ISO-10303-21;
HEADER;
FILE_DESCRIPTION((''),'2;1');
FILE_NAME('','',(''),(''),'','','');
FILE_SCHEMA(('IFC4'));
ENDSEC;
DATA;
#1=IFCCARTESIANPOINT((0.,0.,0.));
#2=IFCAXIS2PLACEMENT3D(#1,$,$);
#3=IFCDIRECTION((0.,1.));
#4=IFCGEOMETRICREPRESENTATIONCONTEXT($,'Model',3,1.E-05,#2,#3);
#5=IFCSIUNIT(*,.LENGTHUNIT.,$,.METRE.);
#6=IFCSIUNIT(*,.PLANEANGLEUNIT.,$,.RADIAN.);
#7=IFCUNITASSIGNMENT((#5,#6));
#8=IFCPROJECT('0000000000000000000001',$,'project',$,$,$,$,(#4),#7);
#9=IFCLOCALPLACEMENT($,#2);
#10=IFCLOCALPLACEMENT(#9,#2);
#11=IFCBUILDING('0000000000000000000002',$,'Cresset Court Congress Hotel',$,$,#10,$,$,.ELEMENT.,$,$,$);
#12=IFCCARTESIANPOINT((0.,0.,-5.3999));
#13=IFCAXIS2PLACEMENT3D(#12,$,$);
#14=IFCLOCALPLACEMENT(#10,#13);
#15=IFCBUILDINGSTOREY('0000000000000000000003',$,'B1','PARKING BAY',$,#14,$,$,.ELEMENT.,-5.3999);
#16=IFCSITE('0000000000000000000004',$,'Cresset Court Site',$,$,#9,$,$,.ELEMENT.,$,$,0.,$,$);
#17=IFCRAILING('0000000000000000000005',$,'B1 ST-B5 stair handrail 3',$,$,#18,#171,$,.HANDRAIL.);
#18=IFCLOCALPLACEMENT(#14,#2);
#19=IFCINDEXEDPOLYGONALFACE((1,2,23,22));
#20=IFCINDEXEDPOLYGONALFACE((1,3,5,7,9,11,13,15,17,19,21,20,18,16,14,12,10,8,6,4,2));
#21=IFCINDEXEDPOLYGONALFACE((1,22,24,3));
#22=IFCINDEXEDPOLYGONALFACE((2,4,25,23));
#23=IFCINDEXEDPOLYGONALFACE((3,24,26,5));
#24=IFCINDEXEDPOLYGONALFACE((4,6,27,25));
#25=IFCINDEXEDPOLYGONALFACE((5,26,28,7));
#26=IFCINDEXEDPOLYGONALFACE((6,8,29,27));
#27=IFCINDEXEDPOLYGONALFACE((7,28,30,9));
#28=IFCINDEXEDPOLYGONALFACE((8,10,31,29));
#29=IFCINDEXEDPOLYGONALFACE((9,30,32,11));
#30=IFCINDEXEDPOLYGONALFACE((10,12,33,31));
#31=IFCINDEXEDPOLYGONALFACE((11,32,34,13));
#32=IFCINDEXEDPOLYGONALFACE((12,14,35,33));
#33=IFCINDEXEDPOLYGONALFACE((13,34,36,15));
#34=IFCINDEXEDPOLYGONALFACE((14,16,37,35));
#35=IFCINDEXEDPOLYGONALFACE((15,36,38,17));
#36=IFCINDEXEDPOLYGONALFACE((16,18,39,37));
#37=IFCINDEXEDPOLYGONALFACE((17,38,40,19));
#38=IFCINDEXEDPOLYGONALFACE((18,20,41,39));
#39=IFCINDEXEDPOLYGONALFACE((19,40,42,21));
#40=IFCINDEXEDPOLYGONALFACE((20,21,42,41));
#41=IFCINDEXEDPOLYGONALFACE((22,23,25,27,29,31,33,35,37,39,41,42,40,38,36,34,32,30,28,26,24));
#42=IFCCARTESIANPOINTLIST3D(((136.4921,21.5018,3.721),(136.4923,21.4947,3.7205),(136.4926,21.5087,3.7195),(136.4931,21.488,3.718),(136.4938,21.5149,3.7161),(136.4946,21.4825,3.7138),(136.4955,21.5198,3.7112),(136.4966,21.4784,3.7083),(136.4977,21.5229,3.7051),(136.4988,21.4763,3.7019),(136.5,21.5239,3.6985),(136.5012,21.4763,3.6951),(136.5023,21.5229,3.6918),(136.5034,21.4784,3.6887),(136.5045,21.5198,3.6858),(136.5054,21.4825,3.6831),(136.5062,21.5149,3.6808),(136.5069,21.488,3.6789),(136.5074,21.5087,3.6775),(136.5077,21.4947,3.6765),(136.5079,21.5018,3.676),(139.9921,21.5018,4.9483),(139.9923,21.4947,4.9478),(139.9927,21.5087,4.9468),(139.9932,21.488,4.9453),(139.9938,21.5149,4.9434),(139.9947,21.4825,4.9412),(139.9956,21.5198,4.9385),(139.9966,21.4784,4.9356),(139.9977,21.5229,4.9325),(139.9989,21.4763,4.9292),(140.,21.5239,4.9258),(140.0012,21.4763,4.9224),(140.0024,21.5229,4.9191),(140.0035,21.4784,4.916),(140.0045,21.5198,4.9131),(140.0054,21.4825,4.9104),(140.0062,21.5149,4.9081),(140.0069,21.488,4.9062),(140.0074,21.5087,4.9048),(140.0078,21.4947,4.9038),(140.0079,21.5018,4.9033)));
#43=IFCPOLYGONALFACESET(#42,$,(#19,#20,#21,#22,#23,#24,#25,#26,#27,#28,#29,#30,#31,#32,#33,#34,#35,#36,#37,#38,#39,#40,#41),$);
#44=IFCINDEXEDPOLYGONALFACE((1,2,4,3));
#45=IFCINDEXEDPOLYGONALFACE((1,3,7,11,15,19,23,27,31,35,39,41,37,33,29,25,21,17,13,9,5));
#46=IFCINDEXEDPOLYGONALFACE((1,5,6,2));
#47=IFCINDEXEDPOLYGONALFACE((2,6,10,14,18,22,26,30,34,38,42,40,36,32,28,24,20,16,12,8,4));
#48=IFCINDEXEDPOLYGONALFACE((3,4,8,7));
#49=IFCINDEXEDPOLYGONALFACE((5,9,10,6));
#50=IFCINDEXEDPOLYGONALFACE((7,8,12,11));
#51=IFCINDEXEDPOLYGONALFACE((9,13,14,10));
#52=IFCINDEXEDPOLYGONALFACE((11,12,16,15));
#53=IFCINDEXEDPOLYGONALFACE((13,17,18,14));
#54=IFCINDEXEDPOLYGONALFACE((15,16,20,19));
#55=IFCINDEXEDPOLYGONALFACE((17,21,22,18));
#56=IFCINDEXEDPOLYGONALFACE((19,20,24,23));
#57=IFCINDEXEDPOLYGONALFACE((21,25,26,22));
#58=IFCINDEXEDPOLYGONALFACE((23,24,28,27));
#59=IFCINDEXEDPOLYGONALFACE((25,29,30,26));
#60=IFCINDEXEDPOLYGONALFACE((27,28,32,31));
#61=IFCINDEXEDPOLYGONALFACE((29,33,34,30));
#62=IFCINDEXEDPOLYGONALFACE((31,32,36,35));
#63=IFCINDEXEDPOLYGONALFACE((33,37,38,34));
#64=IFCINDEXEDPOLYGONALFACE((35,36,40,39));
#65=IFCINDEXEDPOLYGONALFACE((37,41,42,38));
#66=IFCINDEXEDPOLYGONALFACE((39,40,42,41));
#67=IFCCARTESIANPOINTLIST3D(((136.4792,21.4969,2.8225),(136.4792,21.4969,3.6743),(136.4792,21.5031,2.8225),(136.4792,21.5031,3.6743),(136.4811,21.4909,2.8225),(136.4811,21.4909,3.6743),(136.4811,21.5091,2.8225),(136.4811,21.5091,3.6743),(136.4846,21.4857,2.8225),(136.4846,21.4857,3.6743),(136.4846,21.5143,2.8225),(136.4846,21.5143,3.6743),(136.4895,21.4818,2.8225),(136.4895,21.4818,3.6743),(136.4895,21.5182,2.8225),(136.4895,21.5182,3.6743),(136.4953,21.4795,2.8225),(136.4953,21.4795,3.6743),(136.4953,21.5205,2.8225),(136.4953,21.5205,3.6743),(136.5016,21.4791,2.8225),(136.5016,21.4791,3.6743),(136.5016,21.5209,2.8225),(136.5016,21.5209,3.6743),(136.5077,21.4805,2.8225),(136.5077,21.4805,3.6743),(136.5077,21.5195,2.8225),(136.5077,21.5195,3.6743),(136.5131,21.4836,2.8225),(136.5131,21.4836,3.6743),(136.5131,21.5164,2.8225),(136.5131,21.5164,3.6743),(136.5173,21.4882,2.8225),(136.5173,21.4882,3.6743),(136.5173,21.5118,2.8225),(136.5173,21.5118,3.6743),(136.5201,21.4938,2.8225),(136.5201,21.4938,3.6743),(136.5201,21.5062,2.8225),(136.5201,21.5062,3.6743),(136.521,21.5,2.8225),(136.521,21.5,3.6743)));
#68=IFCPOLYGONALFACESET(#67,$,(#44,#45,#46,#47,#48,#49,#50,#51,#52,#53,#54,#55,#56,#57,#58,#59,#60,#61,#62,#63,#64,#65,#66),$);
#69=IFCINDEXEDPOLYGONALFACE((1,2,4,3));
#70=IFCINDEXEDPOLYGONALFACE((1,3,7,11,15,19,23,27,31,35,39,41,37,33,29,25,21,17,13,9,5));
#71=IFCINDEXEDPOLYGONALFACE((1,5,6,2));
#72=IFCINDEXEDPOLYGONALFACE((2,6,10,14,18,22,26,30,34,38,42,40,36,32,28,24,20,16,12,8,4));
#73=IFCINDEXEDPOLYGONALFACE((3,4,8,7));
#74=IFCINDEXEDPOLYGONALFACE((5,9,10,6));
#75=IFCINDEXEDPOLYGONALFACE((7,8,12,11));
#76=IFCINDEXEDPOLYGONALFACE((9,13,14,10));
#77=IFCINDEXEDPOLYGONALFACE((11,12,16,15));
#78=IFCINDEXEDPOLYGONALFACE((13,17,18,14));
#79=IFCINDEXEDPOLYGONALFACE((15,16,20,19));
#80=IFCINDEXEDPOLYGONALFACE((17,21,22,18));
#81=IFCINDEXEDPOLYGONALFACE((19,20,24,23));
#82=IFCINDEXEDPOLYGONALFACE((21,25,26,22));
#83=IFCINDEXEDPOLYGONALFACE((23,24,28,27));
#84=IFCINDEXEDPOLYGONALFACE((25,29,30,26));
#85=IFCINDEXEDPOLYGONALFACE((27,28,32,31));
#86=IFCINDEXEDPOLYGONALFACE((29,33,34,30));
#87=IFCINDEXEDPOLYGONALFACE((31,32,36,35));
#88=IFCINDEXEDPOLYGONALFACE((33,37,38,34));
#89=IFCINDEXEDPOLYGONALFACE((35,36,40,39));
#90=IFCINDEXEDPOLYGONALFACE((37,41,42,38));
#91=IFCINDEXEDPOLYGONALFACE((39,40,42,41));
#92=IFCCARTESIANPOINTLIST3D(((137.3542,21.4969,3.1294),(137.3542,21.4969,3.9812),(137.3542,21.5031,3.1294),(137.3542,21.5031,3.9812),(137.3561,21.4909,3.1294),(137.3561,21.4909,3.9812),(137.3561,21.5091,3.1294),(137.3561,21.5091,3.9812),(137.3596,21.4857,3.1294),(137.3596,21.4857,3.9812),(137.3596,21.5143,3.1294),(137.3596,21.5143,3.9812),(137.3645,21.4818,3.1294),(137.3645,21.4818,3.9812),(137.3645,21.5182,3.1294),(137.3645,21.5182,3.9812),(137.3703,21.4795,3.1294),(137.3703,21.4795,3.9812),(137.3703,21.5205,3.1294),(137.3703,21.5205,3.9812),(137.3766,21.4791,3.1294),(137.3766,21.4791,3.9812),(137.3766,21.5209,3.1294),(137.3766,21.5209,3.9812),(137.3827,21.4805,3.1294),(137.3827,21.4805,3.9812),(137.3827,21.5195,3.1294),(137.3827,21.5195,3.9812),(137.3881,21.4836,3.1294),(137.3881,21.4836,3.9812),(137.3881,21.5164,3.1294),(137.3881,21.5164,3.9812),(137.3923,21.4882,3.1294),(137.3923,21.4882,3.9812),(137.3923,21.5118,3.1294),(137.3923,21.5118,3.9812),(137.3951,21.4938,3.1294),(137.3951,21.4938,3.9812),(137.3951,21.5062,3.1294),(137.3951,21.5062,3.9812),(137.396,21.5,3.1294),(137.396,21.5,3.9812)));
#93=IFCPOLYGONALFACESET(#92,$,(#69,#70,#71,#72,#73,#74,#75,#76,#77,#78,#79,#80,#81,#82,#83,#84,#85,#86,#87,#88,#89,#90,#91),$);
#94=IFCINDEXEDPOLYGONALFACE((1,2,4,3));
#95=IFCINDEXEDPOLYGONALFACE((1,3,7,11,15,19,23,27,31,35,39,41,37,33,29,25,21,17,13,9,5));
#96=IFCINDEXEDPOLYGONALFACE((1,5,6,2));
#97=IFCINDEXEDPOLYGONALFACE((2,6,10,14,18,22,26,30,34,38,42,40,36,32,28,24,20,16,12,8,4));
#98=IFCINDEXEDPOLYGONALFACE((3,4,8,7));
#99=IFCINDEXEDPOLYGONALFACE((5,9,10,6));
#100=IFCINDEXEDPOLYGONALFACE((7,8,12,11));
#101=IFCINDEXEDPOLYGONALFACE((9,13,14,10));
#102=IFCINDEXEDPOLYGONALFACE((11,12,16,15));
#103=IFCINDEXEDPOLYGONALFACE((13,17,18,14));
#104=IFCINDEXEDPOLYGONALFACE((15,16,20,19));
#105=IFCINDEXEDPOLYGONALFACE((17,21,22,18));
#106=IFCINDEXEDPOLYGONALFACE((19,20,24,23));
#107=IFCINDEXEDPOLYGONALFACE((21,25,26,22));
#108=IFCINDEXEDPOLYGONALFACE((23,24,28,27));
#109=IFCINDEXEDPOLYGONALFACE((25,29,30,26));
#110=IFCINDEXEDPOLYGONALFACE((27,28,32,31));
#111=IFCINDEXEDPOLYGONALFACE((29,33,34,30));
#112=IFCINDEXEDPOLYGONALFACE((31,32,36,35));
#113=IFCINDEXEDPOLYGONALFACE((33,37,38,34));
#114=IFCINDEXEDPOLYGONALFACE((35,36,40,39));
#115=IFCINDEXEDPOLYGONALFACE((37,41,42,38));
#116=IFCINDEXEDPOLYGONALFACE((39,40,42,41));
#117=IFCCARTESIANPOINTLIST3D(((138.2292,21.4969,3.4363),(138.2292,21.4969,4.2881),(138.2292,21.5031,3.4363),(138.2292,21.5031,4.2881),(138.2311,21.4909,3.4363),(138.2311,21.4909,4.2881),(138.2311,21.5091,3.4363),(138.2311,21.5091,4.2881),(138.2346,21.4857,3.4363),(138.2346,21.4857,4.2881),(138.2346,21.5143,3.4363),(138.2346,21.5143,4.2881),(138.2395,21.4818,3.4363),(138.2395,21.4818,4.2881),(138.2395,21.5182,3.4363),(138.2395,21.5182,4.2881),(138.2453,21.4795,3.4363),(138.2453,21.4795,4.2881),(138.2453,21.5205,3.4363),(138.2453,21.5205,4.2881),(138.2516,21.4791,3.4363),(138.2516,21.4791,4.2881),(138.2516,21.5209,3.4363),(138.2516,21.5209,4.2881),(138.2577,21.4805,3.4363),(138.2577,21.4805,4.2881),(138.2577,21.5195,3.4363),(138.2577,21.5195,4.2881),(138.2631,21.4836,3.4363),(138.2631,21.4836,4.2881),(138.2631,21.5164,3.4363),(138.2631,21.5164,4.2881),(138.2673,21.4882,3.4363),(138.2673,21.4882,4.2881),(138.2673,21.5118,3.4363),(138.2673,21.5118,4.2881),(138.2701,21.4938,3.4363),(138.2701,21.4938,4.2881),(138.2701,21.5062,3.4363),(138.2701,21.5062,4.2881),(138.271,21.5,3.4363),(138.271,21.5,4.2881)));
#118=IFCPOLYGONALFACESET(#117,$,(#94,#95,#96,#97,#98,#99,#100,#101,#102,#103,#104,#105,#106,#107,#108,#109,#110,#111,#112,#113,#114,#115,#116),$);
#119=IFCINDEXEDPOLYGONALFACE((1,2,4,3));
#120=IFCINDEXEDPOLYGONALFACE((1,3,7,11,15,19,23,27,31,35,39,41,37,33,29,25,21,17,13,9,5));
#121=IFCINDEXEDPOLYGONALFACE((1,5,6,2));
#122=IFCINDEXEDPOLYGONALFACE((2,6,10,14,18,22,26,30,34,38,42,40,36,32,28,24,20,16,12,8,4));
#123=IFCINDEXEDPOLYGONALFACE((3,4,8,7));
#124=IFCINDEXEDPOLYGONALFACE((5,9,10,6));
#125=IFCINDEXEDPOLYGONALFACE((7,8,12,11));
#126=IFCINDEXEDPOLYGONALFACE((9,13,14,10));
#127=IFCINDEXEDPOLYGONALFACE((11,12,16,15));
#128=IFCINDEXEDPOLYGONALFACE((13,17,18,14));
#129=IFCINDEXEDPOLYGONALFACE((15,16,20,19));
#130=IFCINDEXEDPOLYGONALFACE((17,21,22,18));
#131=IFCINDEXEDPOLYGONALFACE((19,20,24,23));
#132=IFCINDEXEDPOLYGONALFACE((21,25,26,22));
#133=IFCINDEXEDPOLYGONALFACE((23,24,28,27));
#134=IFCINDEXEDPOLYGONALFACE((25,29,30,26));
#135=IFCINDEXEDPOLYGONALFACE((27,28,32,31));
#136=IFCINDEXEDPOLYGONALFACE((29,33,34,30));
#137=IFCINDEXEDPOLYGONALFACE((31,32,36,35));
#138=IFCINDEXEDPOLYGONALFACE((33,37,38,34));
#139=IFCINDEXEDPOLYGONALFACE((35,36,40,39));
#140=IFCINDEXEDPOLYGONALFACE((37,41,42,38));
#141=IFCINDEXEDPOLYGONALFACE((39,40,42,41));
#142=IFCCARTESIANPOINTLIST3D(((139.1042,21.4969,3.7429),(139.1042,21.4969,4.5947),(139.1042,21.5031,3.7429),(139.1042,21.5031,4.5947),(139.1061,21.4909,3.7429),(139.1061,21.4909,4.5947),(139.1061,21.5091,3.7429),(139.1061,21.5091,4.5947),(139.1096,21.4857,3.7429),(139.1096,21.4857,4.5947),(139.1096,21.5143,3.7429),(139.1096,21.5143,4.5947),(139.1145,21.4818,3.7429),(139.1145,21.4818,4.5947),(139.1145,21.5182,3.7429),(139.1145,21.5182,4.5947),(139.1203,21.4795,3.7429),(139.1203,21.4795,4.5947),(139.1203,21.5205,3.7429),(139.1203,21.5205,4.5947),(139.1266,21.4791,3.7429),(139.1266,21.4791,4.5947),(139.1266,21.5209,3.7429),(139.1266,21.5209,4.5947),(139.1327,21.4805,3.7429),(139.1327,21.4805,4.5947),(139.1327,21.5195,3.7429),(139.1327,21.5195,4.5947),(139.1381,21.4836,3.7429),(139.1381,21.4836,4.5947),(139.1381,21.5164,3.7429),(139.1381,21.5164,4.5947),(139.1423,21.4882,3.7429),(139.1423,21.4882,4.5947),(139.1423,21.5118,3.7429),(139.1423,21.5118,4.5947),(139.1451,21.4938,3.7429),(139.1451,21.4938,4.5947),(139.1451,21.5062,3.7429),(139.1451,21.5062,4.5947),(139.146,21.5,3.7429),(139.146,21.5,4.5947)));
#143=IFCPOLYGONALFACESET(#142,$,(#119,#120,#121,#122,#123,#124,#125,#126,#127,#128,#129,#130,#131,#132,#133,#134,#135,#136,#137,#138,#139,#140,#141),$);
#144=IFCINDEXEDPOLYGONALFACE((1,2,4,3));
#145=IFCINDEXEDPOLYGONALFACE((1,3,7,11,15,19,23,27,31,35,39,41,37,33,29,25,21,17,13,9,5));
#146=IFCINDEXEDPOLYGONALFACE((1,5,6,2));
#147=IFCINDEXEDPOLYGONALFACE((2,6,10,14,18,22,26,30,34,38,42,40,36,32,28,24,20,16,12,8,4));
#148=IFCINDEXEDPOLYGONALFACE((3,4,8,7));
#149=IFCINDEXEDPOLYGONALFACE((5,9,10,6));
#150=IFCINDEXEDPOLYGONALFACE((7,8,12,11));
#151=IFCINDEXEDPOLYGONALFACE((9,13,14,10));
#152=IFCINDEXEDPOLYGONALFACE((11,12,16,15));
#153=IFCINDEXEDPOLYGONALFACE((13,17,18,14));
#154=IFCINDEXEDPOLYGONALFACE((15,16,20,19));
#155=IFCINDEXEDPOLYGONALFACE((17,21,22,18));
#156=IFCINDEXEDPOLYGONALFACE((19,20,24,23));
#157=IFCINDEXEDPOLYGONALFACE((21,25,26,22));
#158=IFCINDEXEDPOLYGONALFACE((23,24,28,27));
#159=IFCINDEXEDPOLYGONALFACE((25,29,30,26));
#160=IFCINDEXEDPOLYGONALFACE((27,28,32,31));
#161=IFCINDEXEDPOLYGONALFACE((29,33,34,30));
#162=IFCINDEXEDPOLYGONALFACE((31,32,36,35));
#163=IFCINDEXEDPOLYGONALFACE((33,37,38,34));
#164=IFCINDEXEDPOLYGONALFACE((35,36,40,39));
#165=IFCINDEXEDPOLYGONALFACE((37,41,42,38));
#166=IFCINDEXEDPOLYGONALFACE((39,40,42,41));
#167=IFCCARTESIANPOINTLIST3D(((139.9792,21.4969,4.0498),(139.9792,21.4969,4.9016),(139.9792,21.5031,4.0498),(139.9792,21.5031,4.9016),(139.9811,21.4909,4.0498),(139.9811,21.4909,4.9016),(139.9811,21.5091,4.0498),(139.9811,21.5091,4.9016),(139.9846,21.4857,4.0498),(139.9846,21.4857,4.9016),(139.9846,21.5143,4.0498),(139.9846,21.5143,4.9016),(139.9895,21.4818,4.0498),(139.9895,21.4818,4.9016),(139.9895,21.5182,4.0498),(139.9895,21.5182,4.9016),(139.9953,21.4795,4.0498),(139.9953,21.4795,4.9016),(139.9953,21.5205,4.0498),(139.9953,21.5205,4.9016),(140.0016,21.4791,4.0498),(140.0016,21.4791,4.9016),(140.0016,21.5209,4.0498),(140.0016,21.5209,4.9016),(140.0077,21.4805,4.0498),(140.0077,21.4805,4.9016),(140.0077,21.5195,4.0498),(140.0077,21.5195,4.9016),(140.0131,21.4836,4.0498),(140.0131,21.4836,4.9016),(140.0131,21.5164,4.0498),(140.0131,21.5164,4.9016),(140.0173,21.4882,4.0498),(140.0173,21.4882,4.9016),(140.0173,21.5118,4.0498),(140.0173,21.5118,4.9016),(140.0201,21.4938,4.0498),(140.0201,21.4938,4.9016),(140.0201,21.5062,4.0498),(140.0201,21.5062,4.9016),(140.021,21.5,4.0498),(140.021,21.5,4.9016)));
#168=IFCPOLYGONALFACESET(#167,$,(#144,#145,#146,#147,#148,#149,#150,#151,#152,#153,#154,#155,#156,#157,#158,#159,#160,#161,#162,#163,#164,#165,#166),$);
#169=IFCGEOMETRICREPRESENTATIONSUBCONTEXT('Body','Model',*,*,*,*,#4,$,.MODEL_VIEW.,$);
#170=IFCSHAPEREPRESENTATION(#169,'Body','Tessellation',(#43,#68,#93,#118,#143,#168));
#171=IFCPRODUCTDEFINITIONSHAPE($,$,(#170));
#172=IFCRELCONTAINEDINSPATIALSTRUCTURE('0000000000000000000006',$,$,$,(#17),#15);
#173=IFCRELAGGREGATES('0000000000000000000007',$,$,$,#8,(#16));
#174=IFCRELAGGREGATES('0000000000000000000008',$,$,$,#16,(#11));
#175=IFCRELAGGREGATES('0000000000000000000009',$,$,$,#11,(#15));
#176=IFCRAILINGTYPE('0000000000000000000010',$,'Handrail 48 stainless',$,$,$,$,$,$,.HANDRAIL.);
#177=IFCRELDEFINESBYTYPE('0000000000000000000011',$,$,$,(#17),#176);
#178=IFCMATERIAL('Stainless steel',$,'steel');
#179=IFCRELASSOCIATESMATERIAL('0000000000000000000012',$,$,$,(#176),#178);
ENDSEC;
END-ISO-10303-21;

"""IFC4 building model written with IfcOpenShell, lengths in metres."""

from ifc_helpers import new_model, si_unit, direction, frame, origin, origin_2d, place, context, subcontext, project, spatial, circle, extrude, material, type_object, element, save


model = new_model("IFC4")

# Units and contexts
model_context = context("Model", 3, precision=1e-05, world=origin(), true_north=direction((0.0, 1.0)))
body_context = subcontext(model_context, "Body", "Model", "MODEL_VIEW")
ifc_project = project(units=[si_unit("LENGTHUNIT", "METRE"), si_unit("PLANEANGLEUNIT", "RADIAN")], contexts=[model_context])

# Site, building, storey
site_placement = place(None, origin())
site = spatial("IfcSite", under=ifc_project, at=site_placement, Name="Cresset Court Site", CompositionType="ELEMENT", RefElevation=0.0)
building_placement = place(site_placement, origin())
building = spatial("IfcBuilding", under=site, at=building_placement, Name="Cresset Court Congress Hotel", CompositionType="ELEMENT")
storey_placement = place(building_placement, frame((0.0, 0.0, -5.3999)))
storey = spatial("IfcBuildingStorey", under=building, at=storey_placement, Name="B1", Description="PARKING BAY", CompositionType="ELEMENT", Elevation=-5.3999)

# Railing
ifc_material_1 = material(Name="Stainless steel", Category="steel")
railing_type_1 = type_object("IfcRailingType", Name="Handrail 48 stainless", PredefinedType="HANDRAIL", material=ifc_material_1)
railing_1_placement = place(storey_placement, frame((136.5, 21.5, 2.8225)))
element("IfcRailing", 1, at=railing_1_placement, inside=storey, type_object=railing_type_1, Name="B1 ST-B5 stair handrail 3", PredefinedType="HANDRAIL", context=body_context, shape_type="SweptSolid", body=[
    extrude(circle(Radius=0.0239, at=origin_2d()), frame((0.0, 0.0, 0.876), z_axis=(0.943665, 0.0, 0.330902), x_axis=(0.0, 1.0, 0.0)), (0.0, 0.0, 1.0), 3.709),
    extrude(circle(Radius=0.021, at=origin_2d()), origin(), (0.0, 0.0, 1.0), 0.8518),
    extrude(circle(Radius=0.021, at=origin_2d()), frame((0.875, 0.0, 0.3069)), (0.0, 0.0, 1.0), 0.8518),
    extrude(circle(Radius=0.021, at=origin_2d()), frame((1.75, 0.0, 0.6138)), (0.0, 0.0, 1.0), 0.8518),
    extrude(circle(Radius=0.021, at=origin_2d()), frame((2.625, 0.0, 0.9204)), (0.0, 0.0, 1.0), 0.8518),
    extrude(circle(Radius=0.021, at=origin_2d()), frame((3.5, 0.0, 1.2273)), (0.0, 0.0, 1.0), 0.8518),
])

save(model, "model.ifc")
